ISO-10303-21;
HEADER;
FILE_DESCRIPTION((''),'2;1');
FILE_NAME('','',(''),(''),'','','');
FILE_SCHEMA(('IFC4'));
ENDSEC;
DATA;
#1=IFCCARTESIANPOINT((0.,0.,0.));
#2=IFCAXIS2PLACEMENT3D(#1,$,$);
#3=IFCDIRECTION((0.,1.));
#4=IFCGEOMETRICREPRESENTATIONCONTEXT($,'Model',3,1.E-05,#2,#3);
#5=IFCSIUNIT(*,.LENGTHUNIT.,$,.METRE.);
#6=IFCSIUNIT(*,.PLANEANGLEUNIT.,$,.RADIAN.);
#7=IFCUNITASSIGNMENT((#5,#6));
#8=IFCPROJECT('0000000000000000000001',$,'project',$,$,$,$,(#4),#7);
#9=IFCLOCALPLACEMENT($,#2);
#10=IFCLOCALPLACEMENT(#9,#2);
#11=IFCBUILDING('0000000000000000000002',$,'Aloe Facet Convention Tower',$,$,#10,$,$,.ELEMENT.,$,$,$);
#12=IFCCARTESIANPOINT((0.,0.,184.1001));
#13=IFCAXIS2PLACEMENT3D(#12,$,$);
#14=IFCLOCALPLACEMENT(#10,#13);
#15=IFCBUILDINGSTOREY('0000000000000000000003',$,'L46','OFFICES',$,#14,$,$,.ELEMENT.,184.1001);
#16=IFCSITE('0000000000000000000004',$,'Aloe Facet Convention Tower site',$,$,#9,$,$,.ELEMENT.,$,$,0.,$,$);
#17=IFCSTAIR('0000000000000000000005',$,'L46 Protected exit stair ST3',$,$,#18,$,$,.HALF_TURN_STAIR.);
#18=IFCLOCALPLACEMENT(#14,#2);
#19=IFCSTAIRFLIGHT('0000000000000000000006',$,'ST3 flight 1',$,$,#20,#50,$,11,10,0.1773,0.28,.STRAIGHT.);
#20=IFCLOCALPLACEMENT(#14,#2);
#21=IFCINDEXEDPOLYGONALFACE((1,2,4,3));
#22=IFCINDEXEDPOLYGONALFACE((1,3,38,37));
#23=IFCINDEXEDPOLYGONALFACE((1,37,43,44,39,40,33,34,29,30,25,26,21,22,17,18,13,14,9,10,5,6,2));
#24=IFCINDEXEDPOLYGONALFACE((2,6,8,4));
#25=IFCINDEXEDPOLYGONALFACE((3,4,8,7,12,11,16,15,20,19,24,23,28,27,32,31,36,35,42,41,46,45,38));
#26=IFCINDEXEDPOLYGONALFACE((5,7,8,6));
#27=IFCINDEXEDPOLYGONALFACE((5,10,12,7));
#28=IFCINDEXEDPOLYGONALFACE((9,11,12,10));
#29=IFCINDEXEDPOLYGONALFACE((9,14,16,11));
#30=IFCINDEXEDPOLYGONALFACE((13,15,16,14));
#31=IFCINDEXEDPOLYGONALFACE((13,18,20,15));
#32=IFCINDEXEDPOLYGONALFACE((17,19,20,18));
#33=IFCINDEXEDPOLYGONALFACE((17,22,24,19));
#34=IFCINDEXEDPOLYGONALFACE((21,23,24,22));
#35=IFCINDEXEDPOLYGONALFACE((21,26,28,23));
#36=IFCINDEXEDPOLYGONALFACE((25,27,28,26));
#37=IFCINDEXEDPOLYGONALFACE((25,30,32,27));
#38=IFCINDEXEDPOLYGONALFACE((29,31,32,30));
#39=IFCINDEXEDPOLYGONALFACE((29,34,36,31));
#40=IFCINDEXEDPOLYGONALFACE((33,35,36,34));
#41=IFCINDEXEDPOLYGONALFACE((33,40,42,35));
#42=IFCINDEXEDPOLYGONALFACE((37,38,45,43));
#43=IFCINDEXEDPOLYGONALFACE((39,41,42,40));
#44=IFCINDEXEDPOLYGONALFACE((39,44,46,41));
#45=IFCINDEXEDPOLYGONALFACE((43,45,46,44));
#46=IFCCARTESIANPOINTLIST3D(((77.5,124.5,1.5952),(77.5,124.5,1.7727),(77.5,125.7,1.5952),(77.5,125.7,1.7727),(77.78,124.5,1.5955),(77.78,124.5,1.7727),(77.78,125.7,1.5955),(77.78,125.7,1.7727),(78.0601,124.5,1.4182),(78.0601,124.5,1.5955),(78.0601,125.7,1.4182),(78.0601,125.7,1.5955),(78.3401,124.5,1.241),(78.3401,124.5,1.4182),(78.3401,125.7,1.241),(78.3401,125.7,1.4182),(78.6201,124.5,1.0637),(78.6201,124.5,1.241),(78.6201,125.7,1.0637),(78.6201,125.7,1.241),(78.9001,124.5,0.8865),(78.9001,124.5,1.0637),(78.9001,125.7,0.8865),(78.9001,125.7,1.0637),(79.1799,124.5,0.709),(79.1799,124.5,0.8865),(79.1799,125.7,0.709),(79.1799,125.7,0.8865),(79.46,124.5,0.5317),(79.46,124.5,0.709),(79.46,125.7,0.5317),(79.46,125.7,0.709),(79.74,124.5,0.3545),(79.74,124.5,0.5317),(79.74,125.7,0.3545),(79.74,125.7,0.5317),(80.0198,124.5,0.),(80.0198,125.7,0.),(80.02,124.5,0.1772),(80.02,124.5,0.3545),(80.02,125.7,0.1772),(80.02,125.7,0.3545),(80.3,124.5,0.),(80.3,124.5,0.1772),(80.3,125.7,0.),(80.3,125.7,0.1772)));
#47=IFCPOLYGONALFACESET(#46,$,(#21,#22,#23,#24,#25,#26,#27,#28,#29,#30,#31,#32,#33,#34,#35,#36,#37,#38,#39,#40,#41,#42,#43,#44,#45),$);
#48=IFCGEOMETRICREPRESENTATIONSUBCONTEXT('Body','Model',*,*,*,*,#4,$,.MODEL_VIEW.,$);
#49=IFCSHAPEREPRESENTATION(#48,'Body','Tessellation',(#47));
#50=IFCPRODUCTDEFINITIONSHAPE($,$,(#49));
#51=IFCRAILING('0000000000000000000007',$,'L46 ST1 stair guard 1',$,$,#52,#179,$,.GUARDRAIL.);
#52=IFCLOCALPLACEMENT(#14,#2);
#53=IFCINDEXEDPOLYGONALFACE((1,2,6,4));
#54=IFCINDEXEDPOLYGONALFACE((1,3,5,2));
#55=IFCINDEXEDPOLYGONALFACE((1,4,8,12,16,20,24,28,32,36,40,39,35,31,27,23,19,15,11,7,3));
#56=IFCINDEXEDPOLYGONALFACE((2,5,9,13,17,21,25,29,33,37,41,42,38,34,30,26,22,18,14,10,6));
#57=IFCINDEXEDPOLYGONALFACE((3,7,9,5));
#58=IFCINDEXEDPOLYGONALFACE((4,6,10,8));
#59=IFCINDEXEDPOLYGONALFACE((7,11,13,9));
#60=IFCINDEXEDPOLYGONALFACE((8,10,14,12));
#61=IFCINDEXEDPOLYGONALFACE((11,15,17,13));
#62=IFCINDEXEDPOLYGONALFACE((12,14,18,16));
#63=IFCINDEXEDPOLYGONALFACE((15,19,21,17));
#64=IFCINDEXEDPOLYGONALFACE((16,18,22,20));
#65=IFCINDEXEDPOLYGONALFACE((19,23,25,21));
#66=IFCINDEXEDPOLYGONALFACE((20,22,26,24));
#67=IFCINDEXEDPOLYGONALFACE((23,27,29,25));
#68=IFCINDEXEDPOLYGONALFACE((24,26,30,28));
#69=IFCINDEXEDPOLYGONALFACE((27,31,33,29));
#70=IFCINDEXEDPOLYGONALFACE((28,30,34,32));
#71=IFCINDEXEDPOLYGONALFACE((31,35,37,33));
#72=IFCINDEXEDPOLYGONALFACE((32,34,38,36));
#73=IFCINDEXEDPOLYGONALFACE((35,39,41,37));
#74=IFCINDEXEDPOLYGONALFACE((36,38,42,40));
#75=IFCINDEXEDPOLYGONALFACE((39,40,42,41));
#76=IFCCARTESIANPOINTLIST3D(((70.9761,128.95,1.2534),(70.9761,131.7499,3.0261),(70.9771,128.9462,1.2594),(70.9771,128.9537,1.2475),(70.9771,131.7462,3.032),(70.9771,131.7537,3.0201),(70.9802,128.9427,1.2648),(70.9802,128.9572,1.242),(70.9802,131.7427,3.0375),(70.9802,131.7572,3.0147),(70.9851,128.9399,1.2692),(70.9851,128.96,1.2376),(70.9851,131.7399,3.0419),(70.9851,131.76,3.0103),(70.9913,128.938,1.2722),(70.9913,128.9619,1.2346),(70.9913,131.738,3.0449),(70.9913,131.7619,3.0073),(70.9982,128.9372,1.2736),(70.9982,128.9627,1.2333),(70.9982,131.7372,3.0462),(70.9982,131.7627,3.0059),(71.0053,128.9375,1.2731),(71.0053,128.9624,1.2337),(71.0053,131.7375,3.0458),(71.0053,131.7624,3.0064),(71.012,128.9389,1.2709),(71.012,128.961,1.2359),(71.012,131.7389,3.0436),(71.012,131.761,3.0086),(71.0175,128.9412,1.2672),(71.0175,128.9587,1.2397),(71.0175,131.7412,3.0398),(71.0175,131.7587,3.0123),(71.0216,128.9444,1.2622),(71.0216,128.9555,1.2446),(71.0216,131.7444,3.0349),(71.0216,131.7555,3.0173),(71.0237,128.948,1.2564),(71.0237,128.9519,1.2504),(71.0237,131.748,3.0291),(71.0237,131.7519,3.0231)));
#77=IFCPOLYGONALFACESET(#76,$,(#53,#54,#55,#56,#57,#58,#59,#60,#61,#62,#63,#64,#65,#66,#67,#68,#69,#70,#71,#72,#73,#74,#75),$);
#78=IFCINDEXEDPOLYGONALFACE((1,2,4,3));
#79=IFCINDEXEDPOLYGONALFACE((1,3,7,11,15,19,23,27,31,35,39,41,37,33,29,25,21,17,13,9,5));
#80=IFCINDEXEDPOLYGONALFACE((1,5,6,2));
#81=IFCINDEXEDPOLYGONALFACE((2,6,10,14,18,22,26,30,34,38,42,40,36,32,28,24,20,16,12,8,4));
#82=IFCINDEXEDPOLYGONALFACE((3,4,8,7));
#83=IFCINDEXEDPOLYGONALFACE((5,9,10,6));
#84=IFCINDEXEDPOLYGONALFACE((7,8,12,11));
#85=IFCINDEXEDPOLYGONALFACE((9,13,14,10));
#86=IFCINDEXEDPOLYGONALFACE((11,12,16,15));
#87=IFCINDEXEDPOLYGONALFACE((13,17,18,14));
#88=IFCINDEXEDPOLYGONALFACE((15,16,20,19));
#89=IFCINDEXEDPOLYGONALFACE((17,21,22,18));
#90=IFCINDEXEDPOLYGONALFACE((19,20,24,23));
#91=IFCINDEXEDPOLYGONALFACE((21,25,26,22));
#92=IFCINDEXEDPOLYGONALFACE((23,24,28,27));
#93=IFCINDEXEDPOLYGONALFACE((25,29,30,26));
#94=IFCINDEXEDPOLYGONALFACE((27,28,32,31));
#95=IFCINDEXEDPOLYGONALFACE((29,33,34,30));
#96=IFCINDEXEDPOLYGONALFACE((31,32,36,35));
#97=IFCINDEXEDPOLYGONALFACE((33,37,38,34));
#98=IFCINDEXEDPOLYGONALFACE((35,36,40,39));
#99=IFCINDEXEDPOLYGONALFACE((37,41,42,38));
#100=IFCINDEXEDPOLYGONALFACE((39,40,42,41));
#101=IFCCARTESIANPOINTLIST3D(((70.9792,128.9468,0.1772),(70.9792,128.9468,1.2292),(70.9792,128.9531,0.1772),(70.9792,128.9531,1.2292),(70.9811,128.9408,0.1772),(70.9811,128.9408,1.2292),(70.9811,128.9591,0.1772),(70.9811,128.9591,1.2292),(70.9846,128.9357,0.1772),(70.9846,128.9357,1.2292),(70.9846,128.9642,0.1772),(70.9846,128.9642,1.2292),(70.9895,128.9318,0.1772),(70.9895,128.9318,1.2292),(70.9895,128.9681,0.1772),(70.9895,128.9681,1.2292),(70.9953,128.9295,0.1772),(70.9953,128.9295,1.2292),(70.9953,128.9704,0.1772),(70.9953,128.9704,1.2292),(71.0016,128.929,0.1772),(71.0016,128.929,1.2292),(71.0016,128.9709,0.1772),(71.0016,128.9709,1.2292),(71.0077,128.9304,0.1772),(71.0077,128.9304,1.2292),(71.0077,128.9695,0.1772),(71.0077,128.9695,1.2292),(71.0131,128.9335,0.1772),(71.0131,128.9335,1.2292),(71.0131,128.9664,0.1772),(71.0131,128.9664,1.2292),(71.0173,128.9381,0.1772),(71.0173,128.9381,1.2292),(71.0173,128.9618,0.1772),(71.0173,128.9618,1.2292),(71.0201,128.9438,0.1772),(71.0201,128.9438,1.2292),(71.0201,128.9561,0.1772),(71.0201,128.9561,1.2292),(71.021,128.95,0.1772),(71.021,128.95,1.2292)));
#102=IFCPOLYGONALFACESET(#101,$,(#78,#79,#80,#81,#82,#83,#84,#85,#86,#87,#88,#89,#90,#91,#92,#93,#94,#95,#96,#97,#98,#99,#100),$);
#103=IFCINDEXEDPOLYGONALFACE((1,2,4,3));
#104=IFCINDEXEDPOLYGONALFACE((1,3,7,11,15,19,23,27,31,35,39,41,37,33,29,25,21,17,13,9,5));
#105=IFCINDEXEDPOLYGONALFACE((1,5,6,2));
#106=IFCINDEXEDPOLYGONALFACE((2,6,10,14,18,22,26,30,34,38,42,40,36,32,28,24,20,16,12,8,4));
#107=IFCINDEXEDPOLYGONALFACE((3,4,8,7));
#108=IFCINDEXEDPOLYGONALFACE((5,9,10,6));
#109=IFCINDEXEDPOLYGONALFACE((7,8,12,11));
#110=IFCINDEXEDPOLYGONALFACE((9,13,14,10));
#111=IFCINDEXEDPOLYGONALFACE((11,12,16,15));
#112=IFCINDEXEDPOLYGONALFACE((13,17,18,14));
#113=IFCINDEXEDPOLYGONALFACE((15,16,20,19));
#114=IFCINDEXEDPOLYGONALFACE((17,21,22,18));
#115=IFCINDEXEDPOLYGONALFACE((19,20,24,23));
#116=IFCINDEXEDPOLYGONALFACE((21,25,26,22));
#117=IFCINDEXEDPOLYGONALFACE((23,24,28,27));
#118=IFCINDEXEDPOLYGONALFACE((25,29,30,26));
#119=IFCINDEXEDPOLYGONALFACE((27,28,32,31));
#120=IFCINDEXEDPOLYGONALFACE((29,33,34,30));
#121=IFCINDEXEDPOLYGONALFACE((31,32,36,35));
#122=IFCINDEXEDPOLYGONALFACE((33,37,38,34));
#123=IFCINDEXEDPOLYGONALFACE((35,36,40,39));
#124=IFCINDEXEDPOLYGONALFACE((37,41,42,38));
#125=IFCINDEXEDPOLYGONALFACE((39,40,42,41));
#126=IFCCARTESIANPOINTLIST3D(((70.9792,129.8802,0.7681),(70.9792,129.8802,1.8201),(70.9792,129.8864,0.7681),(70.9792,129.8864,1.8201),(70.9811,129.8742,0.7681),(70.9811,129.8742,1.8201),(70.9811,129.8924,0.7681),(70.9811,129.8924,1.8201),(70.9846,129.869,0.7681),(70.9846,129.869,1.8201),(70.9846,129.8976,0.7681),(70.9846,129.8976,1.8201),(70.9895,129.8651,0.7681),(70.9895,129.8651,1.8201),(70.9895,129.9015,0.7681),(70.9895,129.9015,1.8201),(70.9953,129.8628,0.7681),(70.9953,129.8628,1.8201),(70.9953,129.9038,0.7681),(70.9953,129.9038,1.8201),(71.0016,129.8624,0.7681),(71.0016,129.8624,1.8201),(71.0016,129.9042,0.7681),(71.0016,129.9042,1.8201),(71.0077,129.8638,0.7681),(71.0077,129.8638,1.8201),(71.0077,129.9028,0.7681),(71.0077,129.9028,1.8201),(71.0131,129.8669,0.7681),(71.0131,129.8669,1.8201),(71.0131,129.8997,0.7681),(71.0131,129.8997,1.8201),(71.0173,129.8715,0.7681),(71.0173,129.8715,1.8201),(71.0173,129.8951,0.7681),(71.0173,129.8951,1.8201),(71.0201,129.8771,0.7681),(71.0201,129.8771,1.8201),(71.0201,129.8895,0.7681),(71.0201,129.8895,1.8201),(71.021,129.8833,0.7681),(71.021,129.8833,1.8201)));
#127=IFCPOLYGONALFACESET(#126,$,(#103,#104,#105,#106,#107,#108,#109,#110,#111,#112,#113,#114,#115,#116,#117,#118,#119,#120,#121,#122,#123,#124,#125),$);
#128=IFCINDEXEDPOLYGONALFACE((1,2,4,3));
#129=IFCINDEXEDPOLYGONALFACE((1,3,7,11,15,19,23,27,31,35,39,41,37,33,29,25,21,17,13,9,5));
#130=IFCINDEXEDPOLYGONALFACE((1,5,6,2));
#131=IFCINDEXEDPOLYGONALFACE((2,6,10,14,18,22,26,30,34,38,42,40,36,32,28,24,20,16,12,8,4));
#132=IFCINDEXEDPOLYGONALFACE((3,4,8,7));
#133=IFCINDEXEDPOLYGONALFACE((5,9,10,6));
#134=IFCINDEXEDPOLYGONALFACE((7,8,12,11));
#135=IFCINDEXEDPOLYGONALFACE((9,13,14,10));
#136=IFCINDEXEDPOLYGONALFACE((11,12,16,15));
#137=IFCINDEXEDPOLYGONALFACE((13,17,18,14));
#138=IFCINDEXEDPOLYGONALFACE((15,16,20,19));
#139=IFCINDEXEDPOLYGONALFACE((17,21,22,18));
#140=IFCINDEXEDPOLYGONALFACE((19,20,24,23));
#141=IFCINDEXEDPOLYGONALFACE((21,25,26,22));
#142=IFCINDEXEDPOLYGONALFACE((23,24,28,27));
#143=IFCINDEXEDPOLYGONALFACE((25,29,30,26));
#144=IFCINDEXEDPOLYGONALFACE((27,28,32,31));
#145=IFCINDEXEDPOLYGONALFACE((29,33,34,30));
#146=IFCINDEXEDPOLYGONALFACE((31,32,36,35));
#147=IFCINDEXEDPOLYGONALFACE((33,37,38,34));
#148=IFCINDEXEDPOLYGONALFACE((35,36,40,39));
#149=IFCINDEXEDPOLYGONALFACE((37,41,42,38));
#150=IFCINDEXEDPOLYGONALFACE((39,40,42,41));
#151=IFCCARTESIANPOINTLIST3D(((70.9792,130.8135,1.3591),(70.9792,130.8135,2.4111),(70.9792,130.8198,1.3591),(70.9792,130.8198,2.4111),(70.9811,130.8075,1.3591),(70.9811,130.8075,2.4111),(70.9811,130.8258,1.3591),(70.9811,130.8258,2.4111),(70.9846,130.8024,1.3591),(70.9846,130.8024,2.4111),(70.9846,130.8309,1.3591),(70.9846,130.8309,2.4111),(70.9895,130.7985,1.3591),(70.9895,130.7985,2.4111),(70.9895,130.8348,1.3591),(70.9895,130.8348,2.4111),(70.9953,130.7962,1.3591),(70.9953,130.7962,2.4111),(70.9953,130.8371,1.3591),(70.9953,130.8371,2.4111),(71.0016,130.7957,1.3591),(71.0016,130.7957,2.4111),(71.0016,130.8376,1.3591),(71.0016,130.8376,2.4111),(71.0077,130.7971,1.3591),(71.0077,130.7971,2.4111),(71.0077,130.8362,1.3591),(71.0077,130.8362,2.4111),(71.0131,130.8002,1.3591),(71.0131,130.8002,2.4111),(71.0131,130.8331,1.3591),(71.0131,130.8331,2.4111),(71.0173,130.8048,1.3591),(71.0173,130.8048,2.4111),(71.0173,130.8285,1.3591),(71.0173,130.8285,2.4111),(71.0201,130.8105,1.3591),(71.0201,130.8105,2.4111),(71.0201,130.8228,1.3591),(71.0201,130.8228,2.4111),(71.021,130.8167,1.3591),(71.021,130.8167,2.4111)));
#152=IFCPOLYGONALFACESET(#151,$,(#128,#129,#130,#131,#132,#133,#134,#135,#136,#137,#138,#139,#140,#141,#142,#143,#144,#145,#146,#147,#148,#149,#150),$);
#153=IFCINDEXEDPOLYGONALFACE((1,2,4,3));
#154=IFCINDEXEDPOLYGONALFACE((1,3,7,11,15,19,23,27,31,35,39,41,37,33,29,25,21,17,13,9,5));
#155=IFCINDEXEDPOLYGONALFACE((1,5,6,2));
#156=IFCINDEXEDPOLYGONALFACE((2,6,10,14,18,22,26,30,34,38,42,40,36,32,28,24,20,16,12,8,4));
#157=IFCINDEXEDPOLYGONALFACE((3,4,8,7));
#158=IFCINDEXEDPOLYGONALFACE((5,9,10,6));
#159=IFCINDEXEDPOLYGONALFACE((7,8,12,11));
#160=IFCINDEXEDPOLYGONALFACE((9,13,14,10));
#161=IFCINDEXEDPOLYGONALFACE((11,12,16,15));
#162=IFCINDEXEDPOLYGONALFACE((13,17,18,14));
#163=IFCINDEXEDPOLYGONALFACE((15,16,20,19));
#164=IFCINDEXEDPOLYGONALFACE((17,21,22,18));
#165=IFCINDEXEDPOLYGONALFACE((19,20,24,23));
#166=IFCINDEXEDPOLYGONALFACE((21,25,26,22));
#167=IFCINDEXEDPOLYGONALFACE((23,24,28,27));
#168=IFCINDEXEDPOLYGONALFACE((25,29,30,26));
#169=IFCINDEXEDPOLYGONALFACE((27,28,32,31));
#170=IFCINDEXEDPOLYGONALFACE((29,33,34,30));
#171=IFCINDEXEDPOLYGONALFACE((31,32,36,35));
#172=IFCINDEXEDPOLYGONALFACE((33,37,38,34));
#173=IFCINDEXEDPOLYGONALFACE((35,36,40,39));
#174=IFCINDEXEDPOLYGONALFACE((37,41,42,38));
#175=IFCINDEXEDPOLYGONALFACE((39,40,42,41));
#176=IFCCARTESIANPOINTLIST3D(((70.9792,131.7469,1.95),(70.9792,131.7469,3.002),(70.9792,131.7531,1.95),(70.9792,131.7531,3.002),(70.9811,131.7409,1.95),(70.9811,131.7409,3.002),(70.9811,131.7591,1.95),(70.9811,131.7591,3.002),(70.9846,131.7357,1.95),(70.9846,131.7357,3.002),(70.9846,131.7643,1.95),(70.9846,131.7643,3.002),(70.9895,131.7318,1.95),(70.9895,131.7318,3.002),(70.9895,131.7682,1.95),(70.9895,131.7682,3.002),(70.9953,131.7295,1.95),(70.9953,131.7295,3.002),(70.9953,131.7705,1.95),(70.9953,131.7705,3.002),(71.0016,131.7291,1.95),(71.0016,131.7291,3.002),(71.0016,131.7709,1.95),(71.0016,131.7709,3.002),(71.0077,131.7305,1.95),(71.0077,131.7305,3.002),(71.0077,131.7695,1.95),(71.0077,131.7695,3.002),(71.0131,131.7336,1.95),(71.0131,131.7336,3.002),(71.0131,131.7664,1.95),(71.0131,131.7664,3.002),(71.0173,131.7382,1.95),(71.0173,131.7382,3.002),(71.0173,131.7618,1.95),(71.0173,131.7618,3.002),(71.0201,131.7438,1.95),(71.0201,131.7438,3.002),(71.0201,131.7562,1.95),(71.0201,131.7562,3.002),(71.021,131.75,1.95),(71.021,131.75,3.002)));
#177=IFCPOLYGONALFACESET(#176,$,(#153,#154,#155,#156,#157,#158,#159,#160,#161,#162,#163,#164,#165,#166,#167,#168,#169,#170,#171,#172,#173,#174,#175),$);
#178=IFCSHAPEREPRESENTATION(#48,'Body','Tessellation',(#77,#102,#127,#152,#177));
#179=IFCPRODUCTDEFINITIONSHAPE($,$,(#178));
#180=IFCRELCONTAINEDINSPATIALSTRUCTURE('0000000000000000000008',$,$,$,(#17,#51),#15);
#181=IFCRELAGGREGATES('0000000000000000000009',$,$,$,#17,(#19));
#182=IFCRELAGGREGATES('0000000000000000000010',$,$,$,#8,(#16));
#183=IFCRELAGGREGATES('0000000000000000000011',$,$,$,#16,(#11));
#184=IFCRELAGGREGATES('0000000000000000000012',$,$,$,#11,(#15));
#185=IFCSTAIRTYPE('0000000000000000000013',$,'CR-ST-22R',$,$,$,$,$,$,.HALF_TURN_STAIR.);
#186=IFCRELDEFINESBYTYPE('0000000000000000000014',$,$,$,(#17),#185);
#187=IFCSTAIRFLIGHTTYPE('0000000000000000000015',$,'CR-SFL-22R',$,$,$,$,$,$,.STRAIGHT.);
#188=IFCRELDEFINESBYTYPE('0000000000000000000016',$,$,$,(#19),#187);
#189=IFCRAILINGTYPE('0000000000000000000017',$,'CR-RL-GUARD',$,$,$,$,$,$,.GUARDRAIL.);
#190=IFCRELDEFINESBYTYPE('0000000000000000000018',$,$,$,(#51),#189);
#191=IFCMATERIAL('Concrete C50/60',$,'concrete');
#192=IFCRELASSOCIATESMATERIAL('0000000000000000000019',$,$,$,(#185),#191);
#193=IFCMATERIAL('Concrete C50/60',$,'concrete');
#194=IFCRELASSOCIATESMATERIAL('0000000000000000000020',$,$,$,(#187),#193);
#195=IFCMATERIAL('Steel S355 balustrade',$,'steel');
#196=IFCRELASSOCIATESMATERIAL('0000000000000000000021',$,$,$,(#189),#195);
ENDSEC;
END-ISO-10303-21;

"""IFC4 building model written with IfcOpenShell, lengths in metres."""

from ifc_helpers import new_model, si_unit, direction, frame, origin, origin_2d, place, context, subcontext, project, spatial, polyline, circle, outline, extrude, material, type_object, element, aggregate, save


model = new_model("IFC4")

# Units and contexts
model_context = context("Model", 3, precision=1e-05, world=origin(), true_north=direction((0.0, 1.0)))
body_context = subcontext(model_context, "Body", "Model", "MODEL_VIEW")
ifc_project = project(units=[si_unit("LENGTHUNIT", "METRE"), si_unit("PLANEANGLEUNIT", "RADIAN")], contexts=[model_context])

# Site, building, storey
site_placement = place(None, origin())
site = spatial("IfcSite", under=ifc_project, at=site_placement, Name="Aloe Facet Convention Tower site", CompositionType="ELEMENT", RefElevation=0.0)
building_placement = place(site_placement, origin())
building = spatial("IfcBuilding", under=site, at=building_placement, Name="Aloe Facet Convention Tower", CompositionType="ELEMENT")
storey_placement = place(building_placement, frame((0.0, 0.0, 184.1001)))
storey = spatial("IfcBuildingStorey", under=building, at=storey_placement, Name="L46", Description="OFFICES", CompositionType="ELEMENT", Elevation=184.1001)

# Stair, stair flight
ifc_material_1 = material(Name="Concrete C50/60", Category="concrete")
stair_type = type_object("IfcStairType", Name="CR-ST-22R", PredefinedType="HALF_TURN_STAIR", material=ifc_material_1)
ifc_material_2 = material(Name="Concrete C50/60", Category="concrete")
stair_flight_type = type_object("IfcStairFlightType", Name="CR-SFL-22R", PredefinedType="STRAIGHT", material=ifc_material_2)
stair_1_placement = place(storey_placement, origin())
stair_1 = element("IfcStair", 1, at=stair_1_placement, inside=storey, type_object=stair_type, Name="L46 Protected exit stair ST3", PredefinedType="HALF_TURN_STAIR")
stair_flight_1_placement = place(storey_placement, frame((80.3, 125.1001, 0.0), z_axis=(0.0, 0.0, 1.0), x_axis=(-1.0, 0.0, 0.0)))
stair_flight_1 = element("IfcStairFlight", 2, at=stair_flight_1_placement, type_object=stair_flight_type, Name="ST3 flight 1", NumberOfRisers=11, NumberOfTreads=10, PredefinedType="STRAIGHT", RiserHeight=0.1773, TreadLength=0.28, context=body_context, shape_type="SweptSolid", body=[
    extrude(outline(polyline([(0.0, 0.0), (0.0, 0.1772), (0.28, 0.1772), (0.28, 0.3545), (0.5601, 0.3545), (0.5601, 0.5317), (0.8401, 0.5317), (0.8401, 0.709), (1.1201, 0.709), (1.1201, 0.8865), (1.3999, 0.8865), (1.3999, 1.0637), (1.6799, 1.0637), (1.6799, 1.241), (1.96, 1.241), (1.96, 1.4182), (2.24, 1.4182), (2.24, 1.5955), (2.52, 1.5955), (2.52, 1.7727), (2.8, 1.7727), (2.8, 1.95), (2.8, 1.5952), (0.2803, 0.0), (0.0, 0.0)])), frame((0.0, 0.6001, 0.0), z_axis=(0.0, -1.0, 0.0), x_axis=(1.0, 0.0, 0.0)), (0.0, 0.0, 1.0), 1.2),
])
aggregate(stair_1, [stair_flight_1])

# Railing
ifc_material_3 = material(Name="Steel S355 balustrade", Category="steel")
railing_type_1 = type_object("IfcRailingType", Name="CR-RL-GUARD", PredefinedType="GUARDRAIL", material=ifc_material_3)
railing_1_placement = place(storey_placement, frame((71.0, 128.95, 0.1772)))
element("IfcRailing", 3, at=railing_1_placement, inside=storey, type_object=railing_type_1, Name="L46 ST1 stair guard 1", PredefinedType="GUARDRAIL", context=body_context, shape_type="SweptSolid", body=[
    extrude(circle(Radius=0.0239, at=origin_2d()), frame((0.0, 0.0, 1.0762), z_axis=(0.0, 0.844909, 0.53491), x_axis=(-1.0, 0.0, 0.0)), (0.0, 0.0, 1.0), 3.314),
    extrude(circle(Radius=0.021, at=origin_2d()), origin(), (0.0, 0.0, 1.0), 1.052),
    extrude(circle(Radius=0.021, at=origin_2d()), frame((0.0, 0.9333, 0.5908)), (0.0, 0.0, 1.0), 1.052),
    extrude(circle(Radius=0.021, at=origin_2d()), frame((0.0, 1.8667, 1.1819)), (0.0, 0.0, 1.0), 1.052),
    extrude(circle(Radius=0.021, at=origin_2d()), frame((0.0, 2.8, 1.7727)), (0.0, 0.0, 1.0), 1.052),
])

save(model, "model.ifc")
